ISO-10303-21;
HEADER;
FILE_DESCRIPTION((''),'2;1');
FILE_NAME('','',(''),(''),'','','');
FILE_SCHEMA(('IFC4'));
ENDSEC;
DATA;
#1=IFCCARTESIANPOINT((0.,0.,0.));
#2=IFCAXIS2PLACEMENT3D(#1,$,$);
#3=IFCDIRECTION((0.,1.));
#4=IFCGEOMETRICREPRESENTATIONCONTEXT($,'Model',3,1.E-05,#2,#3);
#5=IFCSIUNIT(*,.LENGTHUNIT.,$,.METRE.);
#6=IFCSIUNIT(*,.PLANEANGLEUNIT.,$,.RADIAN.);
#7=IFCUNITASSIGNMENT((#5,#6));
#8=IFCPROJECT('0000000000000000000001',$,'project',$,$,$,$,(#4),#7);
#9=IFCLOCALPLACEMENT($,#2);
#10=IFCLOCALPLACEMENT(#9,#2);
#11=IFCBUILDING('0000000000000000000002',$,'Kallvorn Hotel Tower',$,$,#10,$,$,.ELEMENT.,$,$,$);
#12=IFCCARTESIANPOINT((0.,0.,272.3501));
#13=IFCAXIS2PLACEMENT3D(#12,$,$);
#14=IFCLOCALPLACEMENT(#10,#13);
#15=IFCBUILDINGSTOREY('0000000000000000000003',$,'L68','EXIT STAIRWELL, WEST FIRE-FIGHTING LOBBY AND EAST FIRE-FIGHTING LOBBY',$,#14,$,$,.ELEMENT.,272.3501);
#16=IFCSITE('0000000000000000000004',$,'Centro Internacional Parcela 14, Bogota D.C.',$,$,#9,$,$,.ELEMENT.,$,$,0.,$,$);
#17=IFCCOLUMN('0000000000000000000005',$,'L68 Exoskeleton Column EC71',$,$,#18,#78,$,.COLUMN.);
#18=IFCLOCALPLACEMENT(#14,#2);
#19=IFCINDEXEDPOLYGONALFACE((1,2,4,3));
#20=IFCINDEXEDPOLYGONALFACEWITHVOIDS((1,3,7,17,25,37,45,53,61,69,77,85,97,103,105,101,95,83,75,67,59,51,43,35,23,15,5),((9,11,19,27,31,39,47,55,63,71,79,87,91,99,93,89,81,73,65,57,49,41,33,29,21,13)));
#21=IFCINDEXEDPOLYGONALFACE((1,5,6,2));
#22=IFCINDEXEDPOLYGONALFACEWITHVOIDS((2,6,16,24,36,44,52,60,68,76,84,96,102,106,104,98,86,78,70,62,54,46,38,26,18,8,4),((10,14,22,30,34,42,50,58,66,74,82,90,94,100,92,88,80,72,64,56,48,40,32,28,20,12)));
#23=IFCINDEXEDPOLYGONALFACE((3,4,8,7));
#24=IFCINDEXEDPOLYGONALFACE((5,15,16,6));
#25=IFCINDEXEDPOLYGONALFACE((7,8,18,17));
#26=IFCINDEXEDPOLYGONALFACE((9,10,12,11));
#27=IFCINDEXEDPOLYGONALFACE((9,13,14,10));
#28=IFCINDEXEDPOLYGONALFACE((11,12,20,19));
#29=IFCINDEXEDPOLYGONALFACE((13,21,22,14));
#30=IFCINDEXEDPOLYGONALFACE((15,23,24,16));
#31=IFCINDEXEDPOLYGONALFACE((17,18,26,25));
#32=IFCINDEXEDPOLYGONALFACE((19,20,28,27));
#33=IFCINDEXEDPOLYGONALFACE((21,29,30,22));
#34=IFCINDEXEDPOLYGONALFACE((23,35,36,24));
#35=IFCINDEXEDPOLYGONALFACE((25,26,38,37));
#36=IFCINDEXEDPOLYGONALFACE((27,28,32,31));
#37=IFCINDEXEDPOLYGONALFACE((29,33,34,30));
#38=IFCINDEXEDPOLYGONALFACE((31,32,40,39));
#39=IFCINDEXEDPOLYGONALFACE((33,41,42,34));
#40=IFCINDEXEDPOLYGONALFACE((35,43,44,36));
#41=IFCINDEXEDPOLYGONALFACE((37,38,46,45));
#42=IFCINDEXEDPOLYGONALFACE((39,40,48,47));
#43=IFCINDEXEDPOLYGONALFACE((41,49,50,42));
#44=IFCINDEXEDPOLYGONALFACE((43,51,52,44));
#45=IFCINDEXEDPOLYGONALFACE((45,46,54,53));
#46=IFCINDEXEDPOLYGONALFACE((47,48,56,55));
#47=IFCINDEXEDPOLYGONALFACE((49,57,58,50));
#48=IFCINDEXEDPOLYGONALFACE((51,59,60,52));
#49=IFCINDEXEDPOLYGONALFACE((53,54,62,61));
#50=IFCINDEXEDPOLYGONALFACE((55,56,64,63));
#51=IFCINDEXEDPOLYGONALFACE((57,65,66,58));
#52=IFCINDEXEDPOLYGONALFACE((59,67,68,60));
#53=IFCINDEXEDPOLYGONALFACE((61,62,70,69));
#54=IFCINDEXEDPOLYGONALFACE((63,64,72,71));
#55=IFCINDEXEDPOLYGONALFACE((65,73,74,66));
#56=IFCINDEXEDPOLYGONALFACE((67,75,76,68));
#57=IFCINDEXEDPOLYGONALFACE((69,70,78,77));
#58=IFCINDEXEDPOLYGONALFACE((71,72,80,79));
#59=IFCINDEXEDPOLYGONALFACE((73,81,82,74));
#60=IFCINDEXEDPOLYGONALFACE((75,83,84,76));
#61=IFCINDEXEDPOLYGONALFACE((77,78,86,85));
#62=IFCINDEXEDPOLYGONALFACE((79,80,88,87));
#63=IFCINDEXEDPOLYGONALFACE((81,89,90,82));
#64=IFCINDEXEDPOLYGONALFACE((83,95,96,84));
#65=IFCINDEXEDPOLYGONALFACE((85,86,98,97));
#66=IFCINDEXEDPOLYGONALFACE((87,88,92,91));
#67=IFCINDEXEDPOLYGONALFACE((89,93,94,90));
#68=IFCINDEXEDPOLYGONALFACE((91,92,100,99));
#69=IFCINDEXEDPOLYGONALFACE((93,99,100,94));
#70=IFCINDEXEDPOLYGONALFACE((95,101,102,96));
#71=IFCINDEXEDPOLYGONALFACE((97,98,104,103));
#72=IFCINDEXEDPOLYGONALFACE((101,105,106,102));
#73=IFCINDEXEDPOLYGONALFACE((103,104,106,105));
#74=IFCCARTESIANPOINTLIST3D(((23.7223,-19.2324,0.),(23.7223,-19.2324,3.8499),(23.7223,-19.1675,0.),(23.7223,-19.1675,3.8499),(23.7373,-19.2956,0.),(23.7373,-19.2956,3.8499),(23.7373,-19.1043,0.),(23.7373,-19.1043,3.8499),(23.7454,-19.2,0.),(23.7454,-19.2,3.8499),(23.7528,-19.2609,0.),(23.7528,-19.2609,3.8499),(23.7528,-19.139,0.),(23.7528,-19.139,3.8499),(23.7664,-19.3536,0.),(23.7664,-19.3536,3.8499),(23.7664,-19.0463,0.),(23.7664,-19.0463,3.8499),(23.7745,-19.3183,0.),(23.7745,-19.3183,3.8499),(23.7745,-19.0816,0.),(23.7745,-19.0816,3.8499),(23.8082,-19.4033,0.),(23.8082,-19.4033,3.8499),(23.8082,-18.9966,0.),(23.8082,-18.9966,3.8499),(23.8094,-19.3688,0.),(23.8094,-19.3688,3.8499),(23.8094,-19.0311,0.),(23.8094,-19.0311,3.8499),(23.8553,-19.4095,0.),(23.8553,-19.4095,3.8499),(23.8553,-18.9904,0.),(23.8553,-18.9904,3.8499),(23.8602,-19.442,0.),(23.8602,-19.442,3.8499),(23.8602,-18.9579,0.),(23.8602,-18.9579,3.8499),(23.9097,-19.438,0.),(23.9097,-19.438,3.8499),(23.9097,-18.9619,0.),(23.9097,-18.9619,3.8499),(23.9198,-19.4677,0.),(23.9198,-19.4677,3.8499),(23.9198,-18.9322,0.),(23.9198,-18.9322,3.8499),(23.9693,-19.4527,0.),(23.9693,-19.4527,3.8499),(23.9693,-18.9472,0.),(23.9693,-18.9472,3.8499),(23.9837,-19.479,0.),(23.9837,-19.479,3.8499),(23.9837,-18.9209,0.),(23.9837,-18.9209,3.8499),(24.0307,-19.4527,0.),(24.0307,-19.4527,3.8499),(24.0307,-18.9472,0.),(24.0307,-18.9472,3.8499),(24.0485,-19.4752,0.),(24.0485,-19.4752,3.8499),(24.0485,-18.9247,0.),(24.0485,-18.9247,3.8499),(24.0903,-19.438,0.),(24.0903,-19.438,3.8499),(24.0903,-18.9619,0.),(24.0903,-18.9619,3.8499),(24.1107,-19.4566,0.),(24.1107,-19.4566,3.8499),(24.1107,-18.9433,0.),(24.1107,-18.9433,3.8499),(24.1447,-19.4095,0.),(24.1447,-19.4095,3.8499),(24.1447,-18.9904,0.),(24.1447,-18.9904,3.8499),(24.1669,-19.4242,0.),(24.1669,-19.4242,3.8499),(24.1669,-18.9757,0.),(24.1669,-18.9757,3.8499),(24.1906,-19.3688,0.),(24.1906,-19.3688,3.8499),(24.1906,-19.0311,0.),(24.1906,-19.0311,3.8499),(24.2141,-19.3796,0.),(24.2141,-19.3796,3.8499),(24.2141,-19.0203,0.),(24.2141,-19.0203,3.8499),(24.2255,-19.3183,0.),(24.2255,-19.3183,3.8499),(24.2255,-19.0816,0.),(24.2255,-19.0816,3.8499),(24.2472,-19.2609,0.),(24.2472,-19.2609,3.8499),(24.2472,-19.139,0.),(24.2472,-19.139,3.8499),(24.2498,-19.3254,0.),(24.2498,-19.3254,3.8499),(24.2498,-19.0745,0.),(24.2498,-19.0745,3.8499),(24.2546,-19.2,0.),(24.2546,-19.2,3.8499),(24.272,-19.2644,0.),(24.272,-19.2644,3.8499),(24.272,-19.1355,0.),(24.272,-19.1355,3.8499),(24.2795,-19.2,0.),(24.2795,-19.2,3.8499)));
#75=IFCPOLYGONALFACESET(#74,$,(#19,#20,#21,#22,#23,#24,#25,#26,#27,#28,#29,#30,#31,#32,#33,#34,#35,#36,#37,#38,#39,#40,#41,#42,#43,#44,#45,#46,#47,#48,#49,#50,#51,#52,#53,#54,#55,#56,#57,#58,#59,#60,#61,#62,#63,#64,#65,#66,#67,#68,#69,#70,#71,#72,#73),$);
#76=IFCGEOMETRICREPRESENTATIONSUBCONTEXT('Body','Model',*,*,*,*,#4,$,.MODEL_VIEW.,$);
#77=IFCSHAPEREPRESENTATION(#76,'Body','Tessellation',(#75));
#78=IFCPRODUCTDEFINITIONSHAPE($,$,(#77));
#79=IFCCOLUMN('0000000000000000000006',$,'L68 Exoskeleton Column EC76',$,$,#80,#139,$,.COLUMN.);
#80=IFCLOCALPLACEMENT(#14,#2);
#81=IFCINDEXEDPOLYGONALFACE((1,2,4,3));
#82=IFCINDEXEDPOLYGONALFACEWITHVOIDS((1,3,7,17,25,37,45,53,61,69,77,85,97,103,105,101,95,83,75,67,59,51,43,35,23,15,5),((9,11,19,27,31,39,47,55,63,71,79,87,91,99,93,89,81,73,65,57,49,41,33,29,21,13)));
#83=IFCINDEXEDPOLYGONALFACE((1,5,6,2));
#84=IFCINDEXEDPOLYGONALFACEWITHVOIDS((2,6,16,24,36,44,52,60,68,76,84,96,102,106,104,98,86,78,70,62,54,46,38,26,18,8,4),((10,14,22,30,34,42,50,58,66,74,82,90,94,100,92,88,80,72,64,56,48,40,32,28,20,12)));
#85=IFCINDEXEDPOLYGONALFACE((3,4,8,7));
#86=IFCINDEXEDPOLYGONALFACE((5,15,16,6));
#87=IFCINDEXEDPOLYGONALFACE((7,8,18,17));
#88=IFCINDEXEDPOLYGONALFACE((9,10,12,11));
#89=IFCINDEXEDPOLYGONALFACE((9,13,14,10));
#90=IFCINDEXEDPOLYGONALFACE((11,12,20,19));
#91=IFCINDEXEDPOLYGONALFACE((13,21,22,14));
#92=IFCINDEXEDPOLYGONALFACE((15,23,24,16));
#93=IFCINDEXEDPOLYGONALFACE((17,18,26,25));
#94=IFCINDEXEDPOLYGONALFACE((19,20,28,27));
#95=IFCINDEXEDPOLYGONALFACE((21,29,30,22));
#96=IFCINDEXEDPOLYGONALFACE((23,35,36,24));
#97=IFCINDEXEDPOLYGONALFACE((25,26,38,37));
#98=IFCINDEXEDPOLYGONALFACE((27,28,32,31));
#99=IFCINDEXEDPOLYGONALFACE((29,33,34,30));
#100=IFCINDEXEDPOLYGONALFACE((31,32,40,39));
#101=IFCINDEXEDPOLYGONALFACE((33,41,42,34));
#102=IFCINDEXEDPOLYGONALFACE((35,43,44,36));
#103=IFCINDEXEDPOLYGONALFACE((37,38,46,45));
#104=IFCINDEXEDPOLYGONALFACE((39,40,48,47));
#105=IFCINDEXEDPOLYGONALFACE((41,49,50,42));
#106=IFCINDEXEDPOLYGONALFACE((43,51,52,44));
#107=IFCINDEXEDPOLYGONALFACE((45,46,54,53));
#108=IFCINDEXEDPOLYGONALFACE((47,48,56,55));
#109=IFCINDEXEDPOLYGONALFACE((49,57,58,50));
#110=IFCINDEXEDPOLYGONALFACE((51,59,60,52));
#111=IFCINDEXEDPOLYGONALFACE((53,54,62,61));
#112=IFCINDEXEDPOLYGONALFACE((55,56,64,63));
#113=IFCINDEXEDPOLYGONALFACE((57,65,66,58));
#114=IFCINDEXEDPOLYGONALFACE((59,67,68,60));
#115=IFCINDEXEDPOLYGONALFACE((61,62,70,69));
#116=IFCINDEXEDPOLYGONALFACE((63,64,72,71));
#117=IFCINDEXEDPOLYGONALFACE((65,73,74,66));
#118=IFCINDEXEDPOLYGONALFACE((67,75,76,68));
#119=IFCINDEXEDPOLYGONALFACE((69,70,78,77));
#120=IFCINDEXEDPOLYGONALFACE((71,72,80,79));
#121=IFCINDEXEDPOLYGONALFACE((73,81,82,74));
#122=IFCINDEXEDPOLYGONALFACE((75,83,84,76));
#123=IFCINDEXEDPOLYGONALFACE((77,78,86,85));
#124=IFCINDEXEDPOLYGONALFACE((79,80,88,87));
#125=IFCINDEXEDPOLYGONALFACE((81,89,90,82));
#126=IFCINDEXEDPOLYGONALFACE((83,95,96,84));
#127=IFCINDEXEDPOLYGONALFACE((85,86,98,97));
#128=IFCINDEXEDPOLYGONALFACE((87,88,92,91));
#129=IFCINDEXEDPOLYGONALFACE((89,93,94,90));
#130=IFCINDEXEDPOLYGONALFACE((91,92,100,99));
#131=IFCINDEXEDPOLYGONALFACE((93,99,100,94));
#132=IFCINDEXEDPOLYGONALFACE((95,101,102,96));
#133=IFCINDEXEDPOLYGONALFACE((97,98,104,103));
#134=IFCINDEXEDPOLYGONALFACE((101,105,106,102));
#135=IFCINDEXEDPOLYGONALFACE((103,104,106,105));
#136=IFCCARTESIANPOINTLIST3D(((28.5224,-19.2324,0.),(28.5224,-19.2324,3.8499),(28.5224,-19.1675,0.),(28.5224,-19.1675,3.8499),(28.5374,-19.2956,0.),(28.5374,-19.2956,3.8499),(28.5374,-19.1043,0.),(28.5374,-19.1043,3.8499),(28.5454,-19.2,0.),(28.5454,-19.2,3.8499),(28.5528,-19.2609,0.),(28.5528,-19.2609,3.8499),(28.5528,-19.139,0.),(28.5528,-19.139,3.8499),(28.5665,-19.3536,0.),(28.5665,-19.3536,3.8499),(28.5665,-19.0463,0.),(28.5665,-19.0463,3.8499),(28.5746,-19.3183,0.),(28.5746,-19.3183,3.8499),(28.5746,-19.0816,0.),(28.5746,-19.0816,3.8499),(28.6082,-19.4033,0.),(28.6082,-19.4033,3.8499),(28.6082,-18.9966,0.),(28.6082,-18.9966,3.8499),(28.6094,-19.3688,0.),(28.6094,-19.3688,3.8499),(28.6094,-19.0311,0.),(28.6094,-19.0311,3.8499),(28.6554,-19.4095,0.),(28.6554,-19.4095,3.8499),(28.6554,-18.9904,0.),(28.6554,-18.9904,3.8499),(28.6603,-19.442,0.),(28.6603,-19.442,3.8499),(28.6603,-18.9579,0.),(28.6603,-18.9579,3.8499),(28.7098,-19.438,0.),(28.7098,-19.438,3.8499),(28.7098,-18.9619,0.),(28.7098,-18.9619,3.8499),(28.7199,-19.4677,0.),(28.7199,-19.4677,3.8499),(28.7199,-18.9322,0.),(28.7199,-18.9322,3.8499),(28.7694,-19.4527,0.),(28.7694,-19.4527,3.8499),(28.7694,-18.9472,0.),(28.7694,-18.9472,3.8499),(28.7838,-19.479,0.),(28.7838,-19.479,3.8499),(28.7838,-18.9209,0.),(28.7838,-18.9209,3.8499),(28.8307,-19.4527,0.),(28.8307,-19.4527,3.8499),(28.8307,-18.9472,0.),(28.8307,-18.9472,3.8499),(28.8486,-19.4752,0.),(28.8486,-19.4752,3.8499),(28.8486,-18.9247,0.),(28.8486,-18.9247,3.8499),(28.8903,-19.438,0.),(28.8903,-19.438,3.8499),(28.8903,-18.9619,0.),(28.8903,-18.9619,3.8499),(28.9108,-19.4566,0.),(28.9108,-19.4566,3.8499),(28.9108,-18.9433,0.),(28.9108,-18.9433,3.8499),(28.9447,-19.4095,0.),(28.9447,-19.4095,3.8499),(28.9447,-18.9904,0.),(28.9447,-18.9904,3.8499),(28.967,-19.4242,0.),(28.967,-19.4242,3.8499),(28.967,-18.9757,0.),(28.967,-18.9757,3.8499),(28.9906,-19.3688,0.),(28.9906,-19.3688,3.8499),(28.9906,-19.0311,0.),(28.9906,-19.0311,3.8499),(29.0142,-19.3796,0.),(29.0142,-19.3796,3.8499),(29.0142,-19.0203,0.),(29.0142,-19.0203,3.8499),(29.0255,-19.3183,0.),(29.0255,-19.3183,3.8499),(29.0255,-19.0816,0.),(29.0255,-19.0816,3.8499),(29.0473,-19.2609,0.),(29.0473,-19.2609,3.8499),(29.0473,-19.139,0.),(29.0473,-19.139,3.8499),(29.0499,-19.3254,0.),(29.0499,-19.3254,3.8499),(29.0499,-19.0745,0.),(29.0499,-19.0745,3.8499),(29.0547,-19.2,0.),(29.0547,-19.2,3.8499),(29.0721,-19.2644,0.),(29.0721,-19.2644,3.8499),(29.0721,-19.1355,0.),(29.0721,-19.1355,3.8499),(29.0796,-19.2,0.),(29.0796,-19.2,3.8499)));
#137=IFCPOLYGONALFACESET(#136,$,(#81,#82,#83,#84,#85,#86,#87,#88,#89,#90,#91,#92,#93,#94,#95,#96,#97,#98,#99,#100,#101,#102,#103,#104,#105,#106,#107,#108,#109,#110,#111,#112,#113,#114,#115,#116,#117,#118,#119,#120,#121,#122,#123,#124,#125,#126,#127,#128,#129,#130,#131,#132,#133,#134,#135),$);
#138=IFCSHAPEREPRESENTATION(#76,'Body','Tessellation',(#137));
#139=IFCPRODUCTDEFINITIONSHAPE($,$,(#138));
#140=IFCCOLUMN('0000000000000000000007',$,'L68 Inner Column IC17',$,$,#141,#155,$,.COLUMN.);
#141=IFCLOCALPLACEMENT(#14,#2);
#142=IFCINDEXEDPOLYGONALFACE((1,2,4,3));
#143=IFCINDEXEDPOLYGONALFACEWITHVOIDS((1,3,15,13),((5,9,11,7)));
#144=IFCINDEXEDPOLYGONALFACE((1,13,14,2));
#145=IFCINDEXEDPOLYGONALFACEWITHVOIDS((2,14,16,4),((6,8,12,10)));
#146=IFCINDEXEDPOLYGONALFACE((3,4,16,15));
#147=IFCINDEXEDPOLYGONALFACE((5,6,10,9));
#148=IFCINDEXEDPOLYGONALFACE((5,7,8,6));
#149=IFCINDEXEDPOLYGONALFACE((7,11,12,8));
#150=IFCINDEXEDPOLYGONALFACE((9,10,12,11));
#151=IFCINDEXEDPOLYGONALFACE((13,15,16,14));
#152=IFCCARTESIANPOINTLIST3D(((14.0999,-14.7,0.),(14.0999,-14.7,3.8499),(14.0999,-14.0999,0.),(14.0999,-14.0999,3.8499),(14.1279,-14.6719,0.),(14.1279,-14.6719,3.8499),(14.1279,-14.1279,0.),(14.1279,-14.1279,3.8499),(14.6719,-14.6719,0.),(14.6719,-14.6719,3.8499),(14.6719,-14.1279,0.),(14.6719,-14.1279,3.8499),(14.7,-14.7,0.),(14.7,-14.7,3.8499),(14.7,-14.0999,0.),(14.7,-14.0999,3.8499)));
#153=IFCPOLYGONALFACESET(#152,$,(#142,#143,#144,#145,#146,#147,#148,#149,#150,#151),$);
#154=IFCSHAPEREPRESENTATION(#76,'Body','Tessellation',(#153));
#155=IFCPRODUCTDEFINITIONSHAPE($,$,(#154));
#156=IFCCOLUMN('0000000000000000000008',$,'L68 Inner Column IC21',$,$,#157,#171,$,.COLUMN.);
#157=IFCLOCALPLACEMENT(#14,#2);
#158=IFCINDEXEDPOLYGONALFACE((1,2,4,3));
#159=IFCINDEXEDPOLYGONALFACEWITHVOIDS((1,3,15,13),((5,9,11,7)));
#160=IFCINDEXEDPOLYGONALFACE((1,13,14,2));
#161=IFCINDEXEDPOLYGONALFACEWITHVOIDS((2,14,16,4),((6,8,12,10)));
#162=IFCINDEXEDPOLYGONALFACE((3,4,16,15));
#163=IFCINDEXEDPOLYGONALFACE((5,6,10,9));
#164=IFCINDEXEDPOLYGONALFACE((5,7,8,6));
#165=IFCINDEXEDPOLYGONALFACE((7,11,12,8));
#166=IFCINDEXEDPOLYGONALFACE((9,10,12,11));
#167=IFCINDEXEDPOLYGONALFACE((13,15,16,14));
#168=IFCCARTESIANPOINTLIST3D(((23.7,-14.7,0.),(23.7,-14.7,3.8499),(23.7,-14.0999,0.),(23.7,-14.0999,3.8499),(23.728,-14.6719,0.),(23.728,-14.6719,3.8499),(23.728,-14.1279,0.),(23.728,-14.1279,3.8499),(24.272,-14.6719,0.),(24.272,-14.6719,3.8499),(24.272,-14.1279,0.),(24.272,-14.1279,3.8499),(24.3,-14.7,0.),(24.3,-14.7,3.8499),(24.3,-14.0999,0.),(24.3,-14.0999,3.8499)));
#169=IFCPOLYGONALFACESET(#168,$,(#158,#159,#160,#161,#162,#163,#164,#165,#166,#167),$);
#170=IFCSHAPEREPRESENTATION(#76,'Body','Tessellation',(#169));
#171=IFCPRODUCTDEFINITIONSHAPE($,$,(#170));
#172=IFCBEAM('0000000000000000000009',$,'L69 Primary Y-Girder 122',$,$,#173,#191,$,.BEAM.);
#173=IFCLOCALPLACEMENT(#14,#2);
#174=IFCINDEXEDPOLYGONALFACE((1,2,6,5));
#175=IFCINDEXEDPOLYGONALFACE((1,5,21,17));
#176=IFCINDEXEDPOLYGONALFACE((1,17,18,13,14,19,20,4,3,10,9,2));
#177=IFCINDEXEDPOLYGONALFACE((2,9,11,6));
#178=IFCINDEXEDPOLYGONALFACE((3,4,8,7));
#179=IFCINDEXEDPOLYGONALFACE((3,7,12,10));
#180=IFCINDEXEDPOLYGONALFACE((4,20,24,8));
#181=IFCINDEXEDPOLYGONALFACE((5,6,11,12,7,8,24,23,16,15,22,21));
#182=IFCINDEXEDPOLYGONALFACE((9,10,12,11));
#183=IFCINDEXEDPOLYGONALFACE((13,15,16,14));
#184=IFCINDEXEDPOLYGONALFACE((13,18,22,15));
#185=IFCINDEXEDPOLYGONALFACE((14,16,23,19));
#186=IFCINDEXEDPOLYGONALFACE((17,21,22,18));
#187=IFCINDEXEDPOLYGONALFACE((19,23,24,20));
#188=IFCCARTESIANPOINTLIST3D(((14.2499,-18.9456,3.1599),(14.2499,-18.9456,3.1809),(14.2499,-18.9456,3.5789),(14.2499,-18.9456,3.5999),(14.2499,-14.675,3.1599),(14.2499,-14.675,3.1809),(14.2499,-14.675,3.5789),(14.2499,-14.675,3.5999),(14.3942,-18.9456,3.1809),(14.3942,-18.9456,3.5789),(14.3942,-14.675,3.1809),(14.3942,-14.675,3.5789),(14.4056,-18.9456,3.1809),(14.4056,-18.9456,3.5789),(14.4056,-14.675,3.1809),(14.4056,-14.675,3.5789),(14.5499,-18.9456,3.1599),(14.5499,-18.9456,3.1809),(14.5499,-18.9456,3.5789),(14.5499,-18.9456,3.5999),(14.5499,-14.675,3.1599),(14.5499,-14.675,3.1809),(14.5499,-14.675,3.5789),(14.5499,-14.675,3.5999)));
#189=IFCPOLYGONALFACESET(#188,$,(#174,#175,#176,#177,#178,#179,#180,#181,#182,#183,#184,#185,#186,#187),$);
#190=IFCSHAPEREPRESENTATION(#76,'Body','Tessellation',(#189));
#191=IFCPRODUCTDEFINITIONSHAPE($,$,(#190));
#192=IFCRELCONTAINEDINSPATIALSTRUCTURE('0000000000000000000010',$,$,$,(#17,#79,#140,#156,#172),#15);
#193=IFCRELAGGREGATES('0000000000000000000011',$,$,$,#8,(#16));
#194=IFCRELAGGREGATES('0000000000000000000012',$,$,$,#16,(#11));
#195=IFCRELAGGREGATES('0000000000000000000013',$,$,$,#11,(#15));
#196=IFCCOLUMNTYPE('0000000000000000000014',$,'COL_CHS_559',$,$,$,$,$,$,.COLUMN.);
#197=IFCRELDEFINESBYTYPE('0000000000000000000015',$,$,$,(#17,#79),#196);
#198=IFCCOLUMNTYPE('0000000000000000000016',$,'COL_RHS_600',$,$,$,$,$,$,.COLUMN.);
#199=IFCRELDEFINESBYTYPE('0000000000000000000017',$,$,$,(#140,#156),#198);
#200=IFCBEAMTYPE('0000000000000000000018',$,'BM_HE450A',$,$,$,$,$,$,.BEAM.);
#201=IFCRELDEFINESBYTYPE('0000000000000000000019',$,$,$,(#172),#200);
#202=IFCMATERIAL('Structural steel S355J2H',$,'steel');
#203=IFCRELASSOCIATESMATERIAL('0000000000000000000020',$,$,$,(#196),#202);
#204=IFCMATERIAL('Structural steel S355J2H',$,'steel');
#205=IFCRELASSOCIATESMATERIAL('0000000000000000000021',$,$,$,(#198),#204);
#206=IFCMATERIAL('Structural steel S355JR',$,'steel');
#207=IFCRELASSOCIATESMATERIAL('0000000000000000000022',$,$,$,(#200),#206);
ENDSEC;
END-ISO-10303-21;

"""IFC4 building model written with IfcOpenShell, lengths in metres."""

from ifc_helpers import new_model, si_unit, direction, frame, origin, origin_2d, place, context, subcontext, project, spatial, hollow_rectangle, hollow_circle, i_section, extrude, material, material_profile, profile_set, type_object, element, save


model = new_model("IFC4")

# Units and contexts
model_context = context("Model", 3, precision=1e-05, world=origin(), true_north=direction((0.0, 1.0)))
body_context = subcontext(model_context, "Body", "Model", "MODEL_VIEW")
ifc_project = project(units=[si_unit("LENGTHUNIT", "METRE"), si_unit("PLANEANGLEUNIT", "RADIAN")], contexts=[model_context])

# Site, building, storey
site_placement = place(None, origin())
site = spatial("IfcSite", under=ifc_project, at=site_placement, Name="Centro Internacional Parcela 14, Bogota D.C.", CompositionType="ELEMENT", RefElevation=0.0)
building_placement = place(site_placement, origin())
building = spatial("IfcBuilding", under=site, at=building_placement, Name="Kallvorn Hotel Tower", CompositionType="ELEMENT")
storey_placement = place(building_placement, frame((0.0, 0.0, 272.3501)))
storey = spatial("IfcBuildingStorey", under=building, at=storey_placement, Name="L68", Description="EXIT STAIRWELL, WEST FIRE-FIGHTING LOBBY AND EAST FIRE-FIGHTING LOBBY", CompositionType="ELEMENT", Elevation=272.3501)

# Columns
ifc_material_1 = material(Name="Structural steel S355J2H", Category="steel")
ifc_material_profile_1 = material_profile(ifc_material_1, hollow_circle(Radius=0.2795, WallThickness=0.0249, at=origin_2d()), Name="CHS 559x25")
ifc_profile_set_1 = profile_set([ifc_material_profile_1], Name="Structural steel S355J2H")
column_type_1 = type_object("IfcColumnType", Name="COL_CHS_559", PredefinedType="COLUMN", material=ifc_profile_set_1)
for number, where, z_axis, x_axis, name in (
    (1, (24.0, -19.2, 0.0), (0.0, 0.0, 1.0), (1.0, 0.0, 0.0), "L68 Exoskeleton Column EC71"),
    (2, (28.8, -19.2, 0.0), (0.0, 0.0, 1.0), (1.0, 0.0, 0.0), "L68 Exoskeleton Column EC76"),
):
    element("IfcColumn", number, at=place(storey_placement, frame(where, z_axis=z_axis, x_axis=x_axis)), inside=storey, type_object=column_type_1, Name=name, PredefinedType="COLUMN", context=body_context, shape_type="SweptSolid", body=[
        extrude(hollow_circle(Radius=0.2795, WallThickness=0.0249, at=origin_2d()), origin(), (0.0, 0.0, 1.0), 3.8499),
    ])
ifc_material_2 = material(Name="Structural steel S355J2H", Category="steel")
ifc_material_profile_2 = material_profile(ifc_material_2, hollow_rectangle(XDim=0.6001, YDim=0.6001, WallThickness=0.0281, at=origin_2d()), Name="RHS 600x600x28")
ifc_profile_set_2 = profile_set([ifc_material_profile_2], Name="Structural steel S355J2H")
column_type_2 = type_object("IfcColumnType", Name="COL_RHS_600", PredefinedType="COLUMN", material=ifc_profile_set_2)
for number, where, z_axis, x_axis, name in (
    (3, (14.3999, -14.3999, 0.0), (0.0, 0.0, 1.0), (1.0, 0.0, 0.0), "L68 Inner Column IC17"),
    (4, (24.0, -14.3999, 0.0), (0.0, 0.0, 1.0), (1.0, 0.0, 0.0), "L68 Inner Column IC21"),
):
    element("IfcColumn", number, at=place(storey_placement, frame(where, z_axis=z_axis, x_axis=x_axis)), inside=storey, type_object=column_type_2, Name=name, PredefinedType="COLUMN", context=body_context, shape_type="SweptSolid", body=[
        extrude(hollow_rectangle(XDim=0.6001, YDim=0.6001, WallThickness=0.0281, at=origin_2d()), origin(), (0.0, 0.0, 1.0), 3.8499),
    ])

# Beam
ifc_material_3 = material(Name="Structural steel S355JR", Category="steel")
ifc_material_profile_3 = material_profile(ifc_material_3, i_section(OverallWidth=0.3, OverallDepth=0.4399, WebThickness=0.0115, FlangeThickness=0.021, at=origin_2d()), Name="HE 450 A")
ifc_profile_set_3 = profile_set([ifc_material_profile_3], Name="Structural steel S355JR")
beam_type_1 = type_object("IfcBeamType", Name="BM_HE450A", PredefinedType="BEAM", material=ifc_profile_set_3)
beam_1_placement = place(storey_placement, frame((14.3999, -18.9456, 3.3799), z_axis=(0.0, 1.0, 0.0), x_axis=(-1.0, 0.0, 0.0)))
element("IfcBeam", 5, at=beam_1_placement, inside=storey, type_object=beam_type_1, Name="L69 Primary Y-Girder 122", PredefinedType="BEAM", context=body_context, shape_type="SweptSolid", body=[
    extrude(i_section(OverallWidth=0.3, OverallDepth=0.4399, WebThickness=0.0115, FlangeThickness=0.021, at=origin_2d()), origin(), (0.0, 0.0, 1.0), 4.2705),
])

save(model, "model.ifc")
